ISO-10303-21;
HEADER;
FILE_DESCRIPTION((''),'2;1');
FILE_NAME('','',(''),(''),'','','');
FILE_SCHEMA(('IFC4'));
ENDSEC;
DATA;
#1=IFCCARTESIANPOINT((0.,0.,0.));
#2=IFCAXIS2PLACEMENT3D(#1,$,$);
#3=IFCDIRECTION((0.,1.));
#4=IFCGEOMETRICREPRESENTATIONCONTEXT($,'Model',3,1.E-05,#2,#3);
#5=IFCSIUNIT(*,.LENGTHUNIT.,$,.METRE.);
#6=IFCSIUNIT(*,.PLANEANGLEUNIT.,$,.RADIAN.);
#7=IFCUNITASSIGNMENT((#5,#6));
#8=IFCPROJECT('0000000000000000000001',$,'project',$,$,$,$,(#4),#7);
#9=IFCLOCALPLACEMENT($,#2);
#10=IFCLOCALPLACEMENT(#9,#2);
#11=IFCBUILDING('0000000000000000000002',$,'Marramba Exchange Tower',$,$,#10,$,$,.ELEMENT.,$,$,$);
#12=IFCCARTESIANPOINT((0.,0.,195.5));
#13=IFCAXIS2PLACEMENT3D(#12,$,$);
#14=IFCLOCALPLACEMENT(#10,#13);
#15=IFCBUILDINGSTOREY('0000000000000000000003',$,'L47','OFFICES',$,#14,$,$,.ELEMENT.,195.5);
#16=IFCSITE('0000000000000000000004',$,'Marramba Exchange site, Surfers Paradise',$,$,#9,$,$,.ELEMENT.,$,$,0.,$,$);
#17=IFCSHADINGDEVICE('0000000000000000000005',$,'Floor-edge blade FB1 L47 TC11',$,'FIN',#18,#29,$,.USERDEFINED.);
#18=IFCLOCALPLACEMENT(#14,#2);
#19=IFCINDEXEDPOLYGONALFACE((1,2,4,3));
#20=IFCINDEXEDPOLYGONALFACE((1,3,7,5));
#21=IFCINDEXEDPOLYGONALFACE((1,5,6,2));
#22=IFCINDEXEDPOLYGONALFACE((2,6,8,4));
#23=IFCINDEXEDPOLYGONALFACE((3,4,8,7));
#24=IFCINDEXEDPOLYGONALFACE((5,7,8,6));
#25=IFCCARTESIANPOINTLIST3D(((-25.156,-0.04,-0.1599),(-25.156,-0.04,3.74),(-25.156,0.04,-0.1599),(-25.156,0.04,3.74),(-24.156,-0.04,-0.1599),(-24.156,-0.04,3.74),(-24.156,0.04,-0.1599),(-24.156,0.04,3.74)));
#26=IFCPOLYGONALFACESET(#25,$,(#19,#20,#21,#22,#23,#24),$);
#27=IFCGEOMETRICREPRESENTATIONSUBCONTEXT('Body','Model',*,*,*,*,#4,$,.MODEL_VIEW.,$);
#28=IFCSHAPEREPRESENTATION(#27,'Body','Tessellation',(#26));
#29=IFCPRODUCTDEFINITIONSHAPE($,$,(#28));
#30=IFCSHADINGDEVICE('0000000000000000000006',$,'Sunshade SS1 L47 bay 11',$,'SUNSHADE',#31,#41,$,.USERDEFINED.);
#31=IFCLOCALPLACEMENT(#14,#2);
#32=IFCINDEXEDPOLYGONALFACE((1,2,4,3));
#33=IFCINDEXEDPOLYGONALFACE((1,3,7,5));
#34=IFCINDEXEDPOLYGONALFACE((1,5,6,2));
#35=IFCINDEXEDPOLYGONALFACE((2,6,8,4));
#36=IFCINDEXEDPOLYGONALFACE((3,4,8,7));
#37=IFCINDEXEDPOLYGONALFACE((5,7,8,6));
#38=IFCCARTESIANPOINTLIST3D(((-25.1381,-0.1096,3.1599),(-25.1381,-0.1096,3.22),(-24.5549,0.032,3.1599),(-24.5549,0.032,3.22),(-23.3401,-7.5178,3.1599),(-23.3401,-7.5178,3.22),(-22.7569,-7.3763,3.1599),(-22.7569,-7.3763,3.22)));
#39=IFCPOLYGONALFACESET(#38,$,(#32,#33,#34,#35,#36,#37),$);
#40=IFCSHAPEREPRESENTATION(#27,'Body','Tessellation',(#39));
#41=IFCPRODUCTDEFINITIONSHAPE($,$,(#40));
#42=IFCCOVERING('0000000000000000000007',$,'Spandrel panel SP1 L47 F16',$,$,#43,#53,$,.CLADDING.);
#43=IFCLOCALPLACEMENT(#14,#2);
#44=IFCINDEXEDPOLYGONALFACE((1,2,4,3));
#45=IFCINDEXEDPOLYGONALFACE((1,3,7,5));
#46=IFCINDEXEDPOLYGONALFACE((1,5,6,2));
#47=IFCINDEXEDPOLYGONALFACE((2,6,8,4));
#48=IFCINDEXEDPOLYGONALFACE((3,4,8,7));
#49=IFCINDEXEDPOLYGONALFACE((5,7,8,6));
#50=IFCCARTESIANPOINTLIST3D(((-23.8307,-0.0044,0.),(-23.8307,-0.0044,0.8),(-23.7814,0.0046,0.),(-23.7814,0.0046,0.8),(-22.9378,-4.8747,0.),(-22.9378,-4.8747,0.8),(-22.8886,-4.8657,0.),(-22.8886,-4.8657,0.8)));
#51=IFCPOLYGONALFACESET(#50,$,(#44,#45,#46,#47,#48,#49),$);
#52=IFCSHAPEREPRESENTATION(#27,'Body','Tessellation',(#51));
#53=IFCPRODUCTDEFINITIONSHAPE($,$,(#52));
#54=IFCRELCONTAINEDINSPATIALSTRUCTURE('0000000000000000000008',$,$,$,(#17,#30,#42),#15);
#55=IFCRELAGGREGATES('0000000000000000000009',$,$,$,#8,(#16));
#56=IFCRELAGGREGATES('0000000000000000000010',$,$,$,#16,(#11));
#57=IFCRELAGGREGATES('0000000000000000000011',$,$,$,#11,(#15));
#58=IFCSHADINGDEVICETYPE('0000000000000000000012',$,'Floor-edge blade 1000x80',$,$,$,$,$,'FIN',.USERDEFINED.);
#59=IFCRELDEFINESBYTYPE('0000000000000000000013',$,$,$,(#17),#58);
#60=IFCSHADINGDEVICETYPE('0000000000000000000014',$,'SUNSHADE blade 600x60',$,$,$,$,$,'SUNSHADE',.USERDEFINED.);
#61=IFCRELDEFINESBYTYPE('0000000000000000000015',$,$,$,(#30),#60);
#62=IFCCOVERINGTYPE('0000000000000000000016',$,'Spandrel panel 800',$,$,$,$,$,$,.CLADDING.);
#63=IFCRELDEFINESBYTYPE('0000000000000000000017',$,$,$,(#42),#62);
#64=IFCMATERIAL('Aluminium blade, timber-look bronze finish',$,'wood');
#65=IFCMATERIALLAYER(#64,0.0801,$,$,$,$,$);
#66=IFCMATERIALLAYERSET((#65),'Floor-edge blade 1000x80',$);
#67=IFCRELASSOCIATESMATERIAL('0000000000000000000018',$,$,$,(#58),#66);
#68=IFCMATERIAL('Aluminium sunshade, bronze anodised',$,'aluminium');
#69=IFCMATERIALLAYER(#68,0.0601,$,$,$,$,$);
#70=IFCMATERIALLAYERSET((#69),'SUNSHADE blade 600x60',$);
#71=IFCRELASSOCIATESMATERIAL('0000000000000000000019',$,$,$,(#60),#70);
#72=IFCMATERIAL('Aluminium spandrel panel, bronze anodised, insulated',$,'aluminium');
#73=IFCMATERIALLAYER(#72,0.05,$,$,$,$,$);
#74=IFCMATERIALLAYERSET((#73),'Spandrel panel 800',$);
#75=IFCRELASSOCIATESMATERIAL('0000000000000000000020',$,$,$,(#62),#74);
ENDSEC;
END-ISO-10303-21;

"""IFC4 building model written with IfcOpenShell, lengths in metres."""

from ifc_helpers import new_model, si_unit, direction, frame, origin, origin_2d, place, context, subcontext, project, spatial, rectangle, extrude, material, layer, layer_set, type_object, element, save


model = new_model("IFC4")

# Units and contexts
model_context = context("Model", 3, precision=1e-05, world=origin(), true_north=direction((0.0, 1.0)))
body_context = subcontext(model_context, "Body", "Model", "MODEL_VIEW")
ifc_project = project(units=[si_unit("LENGTHUNIT", "METRE"), si_unit("PLANEANGLEUNIT", "RADIAN")], contexts=[model_context])

# Site, building, storey
site_placement = place(None, origin())
site = spatial("IfcSite", under=ifc_project, at=site_placement, Name="Marramba Exchange site, Surfers Paradise", CompositionType="ELEMENT", RefElevation=0.0)
building_placement = place(site_placement, origin())
building = spatial("IfcBuilding", under=site, at=building_placement, Name="Marramba Exchange Tower", CompositionType="ELEMENT")
storey_placement = place(building_placement, frame((0.0, 0.0, 195.5)))
storey = spatial("IfcBuildingStorey", under=building, at=storey_placement, Name="L47", Description="OFFICES", CompositionType="ELEMENT", Elevation=195.5)

# Shading devices
ifc_material_1 = material(Name="Aluminium blade, timber-look bronze finish", Category="wood")
ifc_layer_1 = layer(ifc_material_1, 0.0801)
ifc_layer_set_1 = layer_set([ifc_layer_1], Name="Floor-edge blade 1000x80")
shading_device_type_1 = type_object("IfcShadingDeviceType", Name="Floor-edge blade 1000x80", ElementType="FIN", PredefinedType="USERDEFINED", material=ifc_layer_set_1)
shading_device_1_placement = place(storey_placement, frame((-24.656, 0.0, -0.1599), z_axis=(0.0, 0.0, 1.0), x_axis=(-1.0, 0.0, 0.0)))
element("IfcShadingDevice", 1, at=shading_device_1_placement, inside=storey, type_object=shading_device_type_1, Name="Floor-edge blade FB1 L47 TC11", ObjectType="FIN", PredefinedType="USERDEFINED", context=body_context, shape_type="SweptSolid", body=[
    extrude(rectangle(XDim=1.0, YDim=0.0801, at=origin_2d()), origin(), (0.0, 0.0, 1.0), 3.8999),
])
ifc_material_2 = material(Name="Aluminium sunshade, bronze anodised", Category="aluminium")
ifc_layer_2 = layer(ifc_material_2, 0.0601)
ifc_layer_set_2 = layer_set([ifc_layer_2], Name="SUNSHADE blade 600x60")
shading_device_type_2 = type_object("IfcShadingDeviceType", Name="SUNSHADE blade 600x60", ElementType="SUNSHADE", PredefinedType="USERDEFINED", material=ifc_layer_set_2)
shading_device_2_placement = place(storey_placement, frame((-23.9475, -3.7429, 3.1599), z_axis=(0.0, 0.0, 1.0), x_axis=(0.235861, -0.971787, 0.0)))
element("IfcShadingDevice", 2, at=shading_device_2_placement, inside=storey, type_object=shading_device_type_2, Name="Sunshade SS1 L47 bay 11", ObjectType="SUNSHADE", PredefinedType="USERDEFINED", context=body_context, shape_type="SweptSolid", body=[
    extrude(rectangle(XDim=7.6233, YDim=0.6001, at=origin_2d()), origin(), (0.0, 0.0, 1.0), 0.0601),
])

# Covering
ifc_material_3 = material(Name="Aluminium spandrel panel, bronze anodised, insulated", Category="aluminium")
ifc_layer_3 = layer(ifc_material_3, 0.05)
ifc_layer_set_3 = layer_set([ifc_layer_3], Name="Spandrel panel 800")
covering_type = type_object("IfcCoveringType", Name="Spandrel panel 800", PredefinedType="CLADDING", material=ifc_layer_set_3)
covering_placement = place(storey_placement, frame((-23.3596, -2.4351, 0.0), z_axis=(0.0, 0.0, 1.0), x_axis=(0.180327, -0.983607, 0.0)))
element("IfcCovering", 3, at=covering_placement, inside=storey, type_object=covering_type, Name="Spandrel panel SP1 L47 F16", PredefinedType="CLADDING", context=body_context, shape_type="SweptSolid", body=[
    extrude(rectangle(XDim=4.9514, YDim=0.05, at=origin_2d()), origin(), (0.0, 0.0, 1.0), 0.8),
])

save(model, "model.ifc")
